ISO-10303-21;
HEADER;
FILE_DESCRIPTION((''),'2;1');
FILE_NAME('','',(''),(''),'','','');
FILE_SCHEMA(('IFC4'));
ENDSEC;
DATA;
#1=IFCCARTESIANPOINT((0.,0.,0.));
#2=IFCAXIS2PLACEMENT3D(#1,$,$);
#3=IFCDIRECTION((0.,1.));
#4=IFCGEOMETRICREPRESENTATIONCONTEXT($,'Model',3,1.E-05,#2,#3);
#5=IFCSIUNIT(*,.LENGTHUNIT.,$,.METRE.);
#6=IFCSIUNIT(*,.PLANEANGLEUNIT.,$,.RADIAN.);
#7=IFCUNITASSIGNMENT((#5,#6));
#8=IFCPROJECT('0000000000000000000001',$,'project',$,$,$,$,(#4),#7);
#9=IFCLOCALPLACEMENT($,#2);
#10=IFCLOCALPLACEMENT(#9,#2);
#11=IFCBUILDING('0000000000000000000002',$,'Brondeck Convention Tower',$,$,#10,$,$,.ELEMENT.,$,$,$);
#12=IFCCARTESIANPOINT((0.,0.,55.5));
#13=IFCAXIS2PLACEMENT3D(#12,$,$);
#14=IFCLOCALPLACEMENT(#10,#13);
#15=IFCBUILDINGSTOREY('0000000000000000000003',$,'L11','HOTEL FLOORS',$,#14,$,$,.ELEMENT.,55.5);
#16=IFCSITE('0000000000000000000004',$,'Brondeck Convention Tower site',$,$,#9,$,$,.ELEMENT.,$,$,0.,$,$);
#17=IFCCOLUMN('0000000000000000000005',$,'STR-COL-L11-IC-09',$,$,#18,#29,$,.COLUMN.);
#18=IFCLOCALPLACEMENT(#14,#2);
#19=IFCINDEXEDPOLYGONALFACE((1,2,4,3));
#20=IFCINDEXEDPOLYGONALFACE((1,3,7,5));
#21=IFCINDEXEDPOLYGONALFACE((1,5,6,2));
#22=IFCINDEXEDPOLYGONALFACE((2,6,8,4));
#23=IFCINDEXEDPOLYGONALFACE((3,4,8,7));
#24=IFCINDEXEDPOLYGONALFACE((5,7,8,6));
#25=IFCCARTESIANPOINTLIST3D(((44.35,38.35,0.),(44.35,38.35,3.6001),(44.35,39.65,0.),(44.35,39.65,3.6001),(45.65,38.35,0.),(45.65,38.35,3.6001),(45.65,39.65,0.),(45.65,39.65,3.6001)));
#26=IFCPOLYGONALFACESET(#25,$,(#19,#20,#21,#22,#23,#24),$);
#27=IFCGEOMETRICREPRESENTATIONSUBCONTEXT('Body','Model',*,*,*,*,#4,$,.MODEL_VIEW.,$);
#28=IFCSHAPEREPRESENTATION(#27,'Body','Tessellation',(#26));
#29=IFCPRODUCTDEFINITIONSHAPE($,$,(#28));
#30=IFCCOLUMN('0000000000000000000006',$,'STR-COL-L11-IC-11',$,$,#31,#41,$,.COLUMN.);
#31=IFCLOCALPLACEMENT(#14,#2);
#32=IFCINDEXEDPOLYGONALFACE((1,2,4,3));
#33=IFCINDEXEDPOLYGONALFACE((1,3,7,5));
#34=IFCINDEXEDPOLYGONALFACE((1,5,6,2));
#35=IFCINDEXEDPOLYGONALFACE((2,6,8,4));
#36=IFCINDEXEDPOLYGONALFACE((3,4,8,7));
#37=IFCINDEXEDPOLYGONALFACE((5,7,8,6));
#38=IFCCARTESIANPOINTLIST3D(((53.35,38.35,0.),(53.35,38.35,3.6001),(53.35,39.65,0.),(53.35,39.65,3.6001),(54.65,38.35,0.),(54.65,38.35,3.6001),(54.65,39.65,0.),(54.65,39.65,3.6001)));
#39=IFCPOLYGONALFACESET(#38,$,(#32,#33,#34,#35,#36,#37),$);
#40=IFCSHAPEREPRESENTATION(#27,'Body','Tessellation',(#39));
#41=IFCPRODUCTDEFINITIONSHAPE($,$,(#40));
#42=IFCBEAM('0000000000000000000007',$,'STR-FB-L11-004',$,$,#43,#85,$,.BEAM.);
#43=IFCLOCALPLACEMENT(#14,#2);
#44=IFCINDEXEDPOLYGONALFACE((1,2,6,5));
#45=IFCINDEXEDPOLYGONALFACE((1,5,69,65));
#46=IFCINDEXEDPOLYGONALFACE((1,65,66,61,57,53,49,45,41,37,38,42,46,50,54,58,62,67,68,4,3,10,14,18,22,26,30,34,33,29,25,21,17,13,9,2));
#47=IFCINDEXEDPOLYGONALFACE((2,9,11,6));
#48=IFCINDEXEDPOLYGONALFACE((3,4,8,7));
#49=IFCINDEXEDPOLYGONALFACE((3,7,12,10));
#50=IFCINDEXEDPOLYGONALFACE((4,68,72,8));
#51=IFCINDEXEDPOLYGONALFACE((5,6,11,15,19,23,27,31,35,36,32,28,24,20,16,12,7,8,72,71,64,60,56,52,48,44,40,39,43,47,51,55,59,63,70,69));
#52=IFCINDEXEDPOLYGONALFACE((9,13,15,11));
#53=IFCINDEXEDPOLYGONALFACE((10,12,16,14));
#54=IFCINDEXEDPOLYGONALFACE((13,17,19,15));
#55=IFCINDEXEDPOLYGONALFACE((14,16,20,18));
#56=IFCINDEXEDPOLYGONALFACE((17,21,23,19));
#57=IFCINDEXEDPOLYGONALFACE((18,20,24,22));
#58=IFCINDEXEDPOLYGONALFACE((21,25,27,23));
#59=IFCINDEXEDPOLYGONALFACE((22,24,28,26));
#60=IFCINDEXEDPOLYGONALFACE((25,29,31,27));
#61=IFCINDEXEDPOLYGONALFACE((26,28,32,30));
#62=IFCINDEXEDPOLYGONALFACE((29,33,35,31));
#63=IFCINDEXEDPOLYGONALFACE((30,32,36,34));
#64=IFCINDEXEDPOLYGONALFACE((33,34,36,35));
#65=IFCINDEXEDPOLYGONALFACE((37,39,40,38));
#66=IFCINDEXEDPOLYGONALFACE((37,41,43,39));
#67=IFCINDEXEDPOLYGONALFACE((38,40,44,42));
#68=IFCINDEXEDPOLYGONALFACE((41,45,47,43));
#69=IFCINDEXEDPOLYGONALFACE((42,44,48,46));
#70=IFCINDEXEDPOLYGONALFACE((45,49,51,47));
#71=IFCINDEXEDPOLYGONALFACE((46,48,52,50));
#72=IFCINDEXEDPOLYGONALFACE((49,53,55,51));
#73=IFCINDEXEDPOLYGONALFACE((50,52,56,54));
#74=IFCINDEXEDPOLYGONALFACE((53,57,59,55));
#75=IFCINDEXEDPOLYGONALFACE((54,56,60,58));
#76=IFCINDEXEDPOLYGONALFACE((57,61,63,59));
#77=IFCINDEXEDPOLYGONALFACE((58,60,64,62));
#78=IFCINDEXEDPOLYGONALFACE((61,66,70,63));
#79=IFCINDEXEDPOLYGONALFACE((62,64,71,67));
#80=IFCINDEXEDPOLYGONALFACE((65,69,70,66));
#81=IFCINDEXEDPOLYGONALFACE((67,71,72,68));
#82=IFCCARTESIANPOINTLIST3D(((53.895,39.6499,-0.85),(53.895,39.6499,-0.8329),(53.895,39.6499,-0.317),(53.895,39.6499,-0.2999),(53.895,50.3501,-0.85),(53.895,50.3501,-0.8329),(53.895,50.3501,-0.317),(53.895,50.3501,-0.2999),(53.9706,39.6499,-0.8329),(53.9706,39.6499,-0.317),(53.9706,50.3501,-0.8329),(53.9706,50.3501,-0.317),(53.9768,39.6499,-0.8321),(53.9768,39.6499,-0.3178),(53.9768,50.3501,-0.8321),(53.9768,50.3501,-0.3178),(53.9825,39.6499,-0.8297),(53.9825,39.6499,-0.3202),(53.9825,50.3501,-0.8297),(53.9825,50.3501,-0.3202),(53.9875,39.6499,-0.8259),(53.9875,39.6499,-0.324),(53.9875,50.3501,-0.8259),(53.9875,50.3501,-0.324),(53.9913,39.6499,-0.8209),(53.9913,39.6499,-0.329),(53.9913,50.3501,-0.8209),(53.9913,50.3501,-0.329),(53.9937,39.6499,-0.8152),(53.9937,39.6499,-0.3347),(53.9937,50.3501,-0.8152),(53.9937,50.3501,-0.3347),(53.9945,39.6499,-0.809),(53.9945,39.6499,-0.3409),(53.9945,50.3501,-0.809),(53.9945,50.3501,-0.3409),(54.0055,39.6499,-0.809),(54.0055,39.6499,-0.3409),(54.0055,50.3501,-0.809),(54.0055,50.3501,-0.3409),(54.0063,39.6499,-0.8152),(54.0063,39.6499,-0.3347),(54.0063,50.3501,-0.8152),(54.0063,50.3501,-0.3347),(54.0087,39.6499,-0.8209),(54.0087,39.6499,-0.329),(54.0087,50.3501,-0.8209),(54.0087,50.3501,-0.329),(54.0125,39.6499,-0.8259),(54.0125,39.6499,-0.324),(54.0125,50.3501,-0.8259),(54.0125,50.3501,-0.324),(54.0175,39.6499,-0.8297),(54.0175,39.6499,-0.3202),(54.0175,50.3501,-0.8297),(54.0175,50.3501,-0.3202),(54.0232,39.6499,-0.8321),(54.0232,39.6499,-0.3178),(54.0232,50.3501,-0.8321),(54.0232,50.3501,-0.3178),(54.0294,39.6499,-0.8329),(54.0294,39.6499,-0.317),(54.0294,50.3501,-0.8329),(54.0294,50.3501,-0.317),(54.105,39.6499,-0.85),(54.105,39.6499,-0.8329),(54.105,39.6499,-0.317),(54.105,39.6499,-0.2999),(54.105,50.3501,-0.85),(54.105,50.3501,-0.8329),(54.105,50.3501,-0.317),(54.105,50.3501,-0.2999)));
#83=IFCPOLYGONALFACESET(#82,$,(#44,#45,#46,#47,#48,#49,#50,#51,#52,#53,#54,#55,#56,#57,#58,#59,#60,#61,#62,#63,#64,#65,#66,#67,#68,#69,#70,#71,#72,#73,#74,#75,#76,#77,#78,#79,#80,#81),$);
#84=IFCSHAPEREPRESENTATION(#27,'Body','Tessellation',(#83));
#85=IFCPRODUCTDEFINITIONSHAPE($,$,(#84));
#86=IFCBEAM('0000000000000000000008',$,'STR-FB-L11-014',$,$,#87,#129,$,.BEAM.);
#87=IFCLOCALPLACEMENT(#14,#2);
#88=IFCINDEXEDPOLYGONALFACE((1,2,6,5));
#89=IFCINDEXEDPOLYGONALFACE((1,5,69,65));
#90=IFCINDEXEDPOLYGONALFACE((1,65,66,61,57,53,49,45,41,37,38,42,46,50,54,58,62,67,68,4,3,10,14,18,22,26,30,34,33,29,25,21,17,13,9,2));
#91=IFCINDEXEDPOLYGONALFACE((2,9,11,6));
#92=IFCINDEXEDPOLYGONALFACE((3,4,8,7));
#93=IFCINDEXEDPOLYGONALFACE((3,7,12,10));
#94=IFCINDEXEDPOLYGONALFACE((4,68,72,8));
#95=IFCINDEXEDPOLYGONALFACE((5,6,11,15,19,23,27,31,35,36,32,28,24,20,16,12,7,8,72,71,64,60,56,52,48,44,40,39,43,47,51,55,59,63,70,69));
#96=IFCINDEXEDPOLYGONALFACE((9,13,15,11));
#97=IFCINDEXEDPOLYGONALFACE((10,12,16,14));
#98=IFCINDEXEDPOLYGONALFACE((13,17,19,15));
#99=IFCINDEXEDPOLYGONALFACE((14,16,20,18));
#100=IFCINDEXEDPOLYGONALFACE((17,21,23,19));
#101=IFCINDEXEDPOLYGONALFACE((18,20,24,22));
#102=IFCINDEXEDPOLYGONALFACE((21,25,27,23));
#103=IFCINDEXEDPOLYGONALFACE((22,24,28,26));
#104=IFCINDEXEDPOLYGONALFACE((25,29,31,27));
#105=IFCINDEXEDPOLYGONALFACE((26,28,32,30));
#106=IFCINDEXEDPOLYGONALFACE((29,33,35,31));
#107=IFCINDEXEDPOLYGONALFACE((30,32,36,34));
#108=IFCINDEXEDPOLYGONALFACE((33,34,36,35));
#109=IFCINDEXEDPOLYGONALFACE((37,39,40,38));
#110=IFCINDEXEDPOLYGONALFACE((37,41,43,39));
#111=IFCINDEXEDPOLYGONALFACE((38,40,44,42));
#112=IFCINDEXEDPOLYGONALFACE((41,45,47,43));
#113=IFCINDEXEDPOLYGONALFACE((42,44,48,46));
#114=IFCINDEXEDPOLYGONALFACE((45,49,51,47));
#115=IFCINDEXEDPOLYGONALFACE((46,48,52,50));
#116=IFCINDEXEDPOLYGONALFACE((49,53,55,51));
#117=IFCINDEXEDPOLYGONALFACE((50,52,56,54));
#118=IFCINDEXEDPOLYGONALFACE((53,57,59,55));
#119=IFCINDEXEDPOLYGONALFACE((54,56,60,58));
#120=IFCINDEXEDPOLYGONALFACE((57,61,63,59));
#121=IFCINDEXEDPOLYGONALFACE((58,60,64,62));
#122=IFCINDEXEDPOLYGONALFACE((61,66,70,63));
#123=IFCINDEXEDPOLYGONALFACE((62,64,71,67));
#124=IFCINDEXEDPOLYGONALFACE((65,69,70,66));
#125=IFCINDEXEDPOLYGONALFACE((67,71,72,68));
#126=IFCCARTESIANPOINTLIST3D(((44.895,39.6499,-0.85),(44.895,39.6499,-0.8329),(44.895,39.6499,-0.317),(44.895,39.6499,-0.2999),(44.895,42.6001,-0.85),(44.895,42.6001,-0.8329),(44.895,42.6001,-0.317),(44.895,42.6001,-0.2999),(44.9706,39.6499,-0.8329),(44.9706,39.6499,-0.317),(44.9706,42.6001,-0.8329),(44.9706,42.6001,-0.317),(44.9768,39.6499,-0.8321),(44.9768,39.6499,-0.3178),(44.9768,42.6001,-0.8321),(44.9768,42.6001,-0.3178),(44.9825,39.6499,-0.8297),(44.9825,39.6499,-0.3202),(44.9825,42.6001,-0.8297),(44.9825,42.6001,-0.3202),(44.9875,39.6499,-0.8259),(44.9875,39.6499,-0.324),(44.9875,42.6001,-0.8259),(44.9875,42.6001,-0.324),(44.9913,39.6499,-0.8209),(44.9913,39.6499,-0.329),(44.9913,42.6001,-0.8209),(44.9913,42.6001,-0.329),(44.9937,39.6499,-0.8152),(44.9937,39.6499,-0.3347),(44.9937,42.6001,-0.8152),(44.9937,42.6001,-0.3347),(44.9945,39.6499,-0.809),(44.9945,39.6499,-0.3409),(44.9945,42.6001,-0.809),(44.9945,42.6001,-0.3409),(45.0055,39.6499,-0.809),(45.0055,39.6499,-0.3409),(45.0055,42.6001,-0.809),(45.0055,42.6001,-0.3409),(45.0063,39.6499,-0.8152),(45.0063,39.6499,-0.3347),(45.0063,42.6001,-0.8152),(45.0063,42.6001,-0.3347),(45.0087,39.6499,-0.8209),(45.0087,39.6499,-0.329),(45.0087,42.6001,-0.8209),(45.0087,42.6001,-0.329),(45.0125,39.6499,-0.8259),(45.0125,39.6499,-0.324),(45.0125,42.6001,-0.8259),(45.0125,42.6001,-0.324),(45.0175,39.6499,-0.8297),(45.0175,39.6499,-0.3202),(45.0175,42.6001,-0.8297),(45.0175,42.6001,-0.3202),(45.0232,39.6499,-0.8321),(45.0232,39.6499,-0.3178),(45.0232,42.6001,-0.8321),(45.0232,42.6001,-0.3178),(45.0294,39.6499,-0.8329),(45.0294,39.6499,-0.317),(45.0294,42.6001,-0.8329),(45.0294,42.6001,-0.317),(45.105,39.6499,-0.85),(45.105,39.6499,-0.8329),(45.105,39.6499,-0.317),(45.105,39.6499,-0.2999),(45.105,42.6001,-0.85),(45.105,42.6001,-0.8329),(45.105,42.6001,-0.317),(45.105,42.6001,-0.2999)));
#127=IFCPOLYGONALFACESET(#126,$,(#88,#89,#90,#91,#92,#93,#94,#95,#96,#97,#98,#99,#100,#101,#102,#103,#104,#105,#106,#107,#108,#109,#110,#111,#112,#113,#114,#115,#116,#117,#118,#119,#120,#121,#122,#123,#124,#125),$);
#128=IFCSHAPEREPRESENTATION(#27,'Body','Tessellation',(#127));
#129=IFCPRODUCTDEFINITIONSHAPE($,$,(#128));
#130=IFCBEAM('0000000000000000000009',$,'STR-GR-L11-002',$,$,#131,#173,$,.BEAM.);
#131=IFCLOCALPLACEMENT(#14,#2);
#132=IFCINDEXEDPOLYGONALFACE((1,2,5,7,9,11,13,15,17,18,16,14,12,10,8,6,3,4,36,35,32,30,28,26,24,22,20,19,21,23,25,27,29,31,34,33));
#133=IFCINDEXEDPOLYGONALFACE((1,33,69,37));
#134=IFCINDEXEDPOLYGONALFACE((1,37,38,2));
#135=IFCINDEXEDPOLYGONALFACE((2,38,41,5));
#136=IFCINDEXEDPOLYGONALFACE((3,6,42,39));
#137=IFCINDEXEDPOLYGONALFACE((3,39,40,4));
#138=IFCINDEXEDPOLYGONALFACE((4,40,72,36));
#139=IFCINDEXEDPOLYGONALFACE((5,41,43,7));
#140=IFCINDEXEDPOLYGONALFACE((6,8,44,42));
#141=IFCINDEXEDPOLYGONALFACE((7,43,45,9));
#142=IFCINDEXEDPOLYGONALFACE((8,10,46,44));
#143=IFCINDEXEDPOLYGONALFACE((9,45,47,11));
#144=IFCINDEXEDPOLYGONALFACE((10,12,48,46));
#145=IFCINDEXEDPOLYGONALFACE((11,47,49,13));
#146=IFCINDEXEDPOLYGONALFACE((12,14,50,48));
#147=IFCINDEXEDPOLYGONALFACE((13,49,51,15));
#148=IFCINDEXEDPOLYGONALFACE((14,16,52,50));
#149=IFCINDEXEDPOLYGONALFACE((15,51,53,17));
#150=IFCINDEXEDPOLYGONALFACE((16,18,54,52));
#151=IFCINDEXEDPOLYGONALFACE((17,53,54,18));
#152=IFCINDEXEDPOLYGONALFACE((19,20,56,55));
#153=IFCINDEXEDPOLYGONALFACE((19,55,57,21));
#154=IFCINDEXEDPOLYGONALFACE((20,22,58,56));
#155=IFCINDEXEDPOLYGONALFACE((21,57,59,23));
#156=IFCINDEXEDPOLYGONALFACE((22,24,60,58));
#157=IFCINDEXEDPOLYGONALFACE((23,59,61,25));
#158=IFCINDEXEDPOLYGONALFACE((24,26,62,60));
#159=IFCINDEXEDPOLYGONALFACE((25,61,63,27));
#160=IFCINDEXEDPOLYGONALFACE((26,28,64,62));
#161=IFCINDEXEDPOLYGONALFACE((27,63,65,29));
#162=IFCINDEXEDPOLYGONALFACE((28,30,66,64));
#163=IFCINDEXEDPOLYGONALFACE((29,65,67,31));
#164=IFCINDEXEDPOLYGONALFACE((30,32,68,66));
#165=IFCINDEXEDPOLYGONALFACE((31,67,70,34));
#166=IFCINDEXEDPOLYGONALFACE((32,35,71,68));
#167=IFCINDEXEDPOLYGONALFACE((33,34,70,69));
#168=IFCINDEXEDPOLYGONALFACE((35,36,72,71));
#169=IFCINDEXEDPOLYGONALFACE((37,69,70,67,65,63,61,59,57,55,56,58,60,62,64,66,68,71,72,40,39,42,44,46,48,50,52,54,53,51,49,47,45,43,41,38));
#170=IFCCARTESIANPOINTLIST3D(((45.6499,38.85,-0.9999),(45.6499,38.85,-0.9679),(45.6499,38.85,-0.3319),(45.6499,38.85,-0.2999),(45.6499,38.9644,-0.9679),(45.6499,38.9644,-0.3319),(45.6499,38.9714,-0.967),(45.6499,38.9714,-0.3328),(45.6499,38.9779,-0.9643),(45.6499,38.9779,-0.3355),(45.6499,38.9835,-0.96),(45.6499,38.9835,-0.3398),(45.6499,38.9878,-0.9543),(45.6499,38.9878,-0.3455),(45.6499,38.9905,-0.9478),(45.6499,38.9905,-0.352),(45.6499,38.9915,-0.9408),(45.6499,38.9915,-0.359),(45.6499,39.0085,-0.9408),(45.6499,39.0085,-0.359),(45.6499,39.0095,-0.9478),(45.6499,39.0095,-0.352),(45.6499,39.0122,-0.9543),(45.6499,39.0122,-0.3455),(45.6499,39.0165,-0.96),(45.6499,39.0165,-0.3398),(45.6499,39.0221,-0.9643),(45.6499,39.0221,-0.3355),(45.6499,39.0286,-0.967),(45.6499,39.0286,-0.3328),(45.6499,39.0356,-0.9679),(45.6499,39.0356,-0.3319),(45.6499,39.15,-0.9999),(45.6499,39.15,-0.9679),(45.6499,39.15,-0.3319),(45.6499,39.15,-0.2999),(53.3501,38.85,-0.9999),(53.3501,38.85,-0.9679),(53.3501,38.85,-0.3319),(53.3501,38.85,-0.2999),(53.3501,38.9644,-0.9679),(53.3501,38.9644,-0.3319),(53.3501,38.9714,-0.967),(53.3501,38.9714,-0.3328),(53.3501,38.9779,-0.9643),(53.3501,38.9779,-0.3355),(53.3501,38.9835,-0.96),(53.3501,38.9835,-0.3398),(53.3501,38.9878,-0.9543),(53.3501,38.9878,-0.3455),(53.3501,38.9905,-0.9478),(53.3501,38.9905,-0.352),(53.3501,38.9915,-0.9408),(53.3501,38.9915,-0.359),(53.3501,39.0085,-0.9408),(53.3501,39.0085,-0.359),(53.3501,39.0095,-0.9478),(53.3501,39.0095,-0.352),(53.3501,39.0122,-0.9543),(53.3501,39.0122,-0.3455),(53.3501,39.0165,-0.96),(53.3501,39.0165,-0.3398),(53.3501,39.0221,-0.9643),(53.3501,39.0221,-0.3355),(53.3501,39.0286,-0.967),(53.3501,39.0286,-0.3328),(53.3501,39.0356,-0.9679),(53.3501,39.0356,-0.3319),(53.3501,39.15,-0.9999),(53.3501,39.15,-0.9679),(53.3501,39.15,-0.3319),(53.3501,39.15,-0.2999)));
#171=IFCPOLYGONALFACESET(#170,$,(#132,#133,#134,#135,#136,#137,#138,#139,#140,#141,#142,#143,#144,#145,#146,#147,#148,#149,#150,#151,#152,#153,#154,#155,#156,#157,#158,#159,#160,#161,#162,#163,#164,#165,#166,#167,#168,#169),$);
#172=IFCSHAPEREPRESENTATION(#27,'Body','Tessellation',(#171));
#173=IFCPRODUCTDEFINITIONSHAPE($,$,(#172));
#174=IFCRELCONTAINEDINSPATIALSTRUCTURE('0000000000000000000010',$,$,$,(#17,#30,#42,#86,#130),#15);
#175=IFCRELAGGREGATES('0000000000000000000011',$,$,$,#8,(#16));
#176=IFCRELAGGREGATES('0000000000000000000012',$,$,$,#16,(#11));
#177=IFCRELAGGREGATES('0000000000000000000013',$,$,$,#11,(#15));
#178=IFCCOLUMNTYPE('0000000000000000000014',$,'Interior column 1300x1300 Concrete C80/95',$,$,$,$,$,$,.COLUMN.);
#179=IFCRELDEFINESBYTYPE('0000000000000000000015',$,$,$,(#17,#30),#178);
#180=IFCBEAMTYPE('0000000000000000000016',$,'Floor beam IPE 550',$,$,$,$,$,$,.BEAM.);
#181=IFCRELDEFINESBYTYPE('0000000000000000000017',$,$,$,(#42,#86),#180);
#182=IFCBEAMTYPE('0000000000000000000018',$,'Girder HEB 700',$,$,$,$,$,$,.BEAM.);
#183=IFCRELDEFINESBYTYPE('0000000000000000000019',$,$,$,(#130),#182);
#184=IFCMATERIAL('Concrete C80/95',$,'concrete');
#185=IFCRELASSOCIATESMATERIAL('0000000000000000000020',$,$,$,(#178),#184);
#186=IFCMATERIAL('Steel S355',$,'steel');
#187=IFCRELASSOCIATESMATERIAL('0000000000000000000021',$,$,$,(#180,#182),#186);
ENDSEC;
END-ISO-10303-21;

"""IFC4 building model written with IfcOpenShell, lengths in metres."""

from ifc_helpers import new_model, si_unit, direction, frame, origin, origin_2d, place, context, subcontext, project, spatial, rectangle, i_section, extrude, material, material_profile, profile_set, type_object, element, save


model = new_model("IFC4")

# Units and contexts
model_context = context("Model", 3, precision=1e-05, world=origin(), true_north=direction((0.0, 1.0)))
body_context = subcontext(model_context, "Body", "Model", "MODEL_VIEW")
ifc_project = project(units=[si_unit("LENGTHUNIT", "METRE"), si_unit("PLANEANGLEUNIT", "RADIAN")], contexts=[model_context])

# Site, building, storey
site_placement = place(None, origin())
site = spatial("IfcSite", under=ifc_project, at=site_placement, Name="Brondeck Convention Tower site", CompositionType="ELEMENT", RefElevation=0.0)
building_placement = place(site_placement, origin())
building = spatial("IfcBuilding", under=site, at=building_placement, Name="Brondeck Convention Tower", CompositionType="ELEMENT")
storey_placement = place(building_placement, frame((0.0, 0.0, 55.5)))
storey = spatial("IfcBuildingStorey", under=building, at=storey_placement, Name="L11", Description="HOTEL FLOORS", CompositionType="ELEMENT", Elevation=55.5)

# Columns
ifc_material_1 = material(Name="Concrete C80/95", Category="concrete")
ifc_material_profile_1 = material_profile(ifc_material_1, rectangle(XDim=1.3, YDim=1.3, at=origin_2d()), Name="Interior column 1300x1300 Concrete C80/95")
ifc_profile_set_1 = profile_set([ifc_material_profile_1], Name="Concrete C80/95")
column_type = type_object("IfcColumnType", Name="Interior column 1300x1300 Concrete C80/95", PredefinedType="COLUMN", material=ifc_profile_set_1)
for number, where, z_axis, x_axis, name in (
    (1, (45.0, 39.0, 0.0), (0.0, 0.0, 1.0), (1.0, 0.0, 0.0), "STR-COL-L11-IC-09"),
    (2, (54.0, 39.0, 0.0), (0.0, 0.0, 1.0), (1.0, 0.0, 0.0), "STR-COL-L11-IC-11"),
):
    element("IfcColumn", number, at=place(storey_placement, frame(where, z_axis=z_axis, x_axis=x_axis)), inside=storey, type_object=column_type, Name=name, PredefinedType="COLUMN", context=body_context, shape_type="SweptSolid", body=[
        extrude(rectangle(XDim=1.3, YDim=1.3, at=origin_2d()), origin(), (0.0, 0.0, 1.0), 3.6001),
    ])

# Beams
ifc_material_2 = material(Name="Steel S355", Category="steel")
ifc_material_profile_2 = material_profile(ifc_material_2, i_section(OverallWidth=0.21, OverallDepth=0.55, WebThickness=0.011, FlangeThickness=0.0171, FilletRadius=0.0239, at=origin_2d()), Name="IPE 550")
ifc_profile_set_2 = profile_set([ifc_material_profile_2], Name="Steel S355")
beam_type_1 = type_object("IfcBeamType", Name="Floor beam IPE 550", PredefinedType="BEAM", material=ifc_profile_set_2)
beam_1_placement = place(storey_placement, frame((54.0, 39.6499, -0.575), z_axis=(0.0, 1.0, 0.0), x_axis=(-1.0, 0.0, 0.0)))
element("IfcBeam", 3, at=beam_1_placement, inside=storey, type_object=beam_type_1, Name="STR-FB-L11-004", PredefinedType="BEAM", context=body_context, shape_type="SweptSolid", body=[
    extrude(i_section(OverallWidth=0.21, OverallDepth=0.55, WebThickness=0.011, FlangeThickness=0.0171, FilletRadius=0.0239, at=origin_2d()), origin(), (0.0, 0.0, 1.0), 10.7002),
])
beam_2_placement = place(storey_placement, frame((45.0, 39.6499, -0.575), z_axis=(0.0, 1.0, 0.0), x_axis=(-1.0, 0.0, 0.0)))
element("IfcBeam", 4, at=beam_2_placement, inside=storey, type_object=beam_type_1, Name="STR-FB-L11-014", PredefinedType="BEAM", context=body_context, shape_type="SweptSolid", body=[
    extrude(i_section(OverallWidth=0.21, OverallDepth=0.55, WebThickness=0.011, FlangeThickness=0.0171, FilletRadius=0.0239, at=origin_2d()), origin(), (0.0, 0.0, 1.0), 2.9502),
])
ifc_material_profile_3 = material_profile(ifc_material_2, i_section(OverallWidth=0.3, OverallDepth=0.7, WebThickness=0.0171, FlangeThickness=0.032, FilletRadius=0.0271, at=origin_2d()), Name="HEB 700")
ifc_profile_set_3 = profile_set([ifc_material_profile_3], Name="Steel S355")
beam_type_2 = type_object("IfcBeamType", Name="Girder HEB 700", PredefinedType="BEAM", material=ifc_profile_set_3)
for number, where, z_axis, x_axis, name in (
    (5, (45.6499, 39.0, -0.6499), (1.0, 0.0, 0.0), (0.0, 1.0, 0.0), "STR-GR-L11-002"),
):
    element("IfcBeam", number, at=place(storey_placement, frame(where, z_axis=z_axis, x_axis=x_axis)), inside=storey, type_object=beam_type_2, Name=name, PredefinedType="BEAM", context=body_context, shape_type="SweptSolid", body=[
        extrude(i_section(OverallWidth=0.3, OverallDepth=0.7, WebThickness=0.0171, FlangeThickness=0.032, FilletRadius=0.0271, at=origin_2d()), origin(), (0.0, 0.0, 1.0), 7.7002),
    ])

save(model, "model.ifc")
